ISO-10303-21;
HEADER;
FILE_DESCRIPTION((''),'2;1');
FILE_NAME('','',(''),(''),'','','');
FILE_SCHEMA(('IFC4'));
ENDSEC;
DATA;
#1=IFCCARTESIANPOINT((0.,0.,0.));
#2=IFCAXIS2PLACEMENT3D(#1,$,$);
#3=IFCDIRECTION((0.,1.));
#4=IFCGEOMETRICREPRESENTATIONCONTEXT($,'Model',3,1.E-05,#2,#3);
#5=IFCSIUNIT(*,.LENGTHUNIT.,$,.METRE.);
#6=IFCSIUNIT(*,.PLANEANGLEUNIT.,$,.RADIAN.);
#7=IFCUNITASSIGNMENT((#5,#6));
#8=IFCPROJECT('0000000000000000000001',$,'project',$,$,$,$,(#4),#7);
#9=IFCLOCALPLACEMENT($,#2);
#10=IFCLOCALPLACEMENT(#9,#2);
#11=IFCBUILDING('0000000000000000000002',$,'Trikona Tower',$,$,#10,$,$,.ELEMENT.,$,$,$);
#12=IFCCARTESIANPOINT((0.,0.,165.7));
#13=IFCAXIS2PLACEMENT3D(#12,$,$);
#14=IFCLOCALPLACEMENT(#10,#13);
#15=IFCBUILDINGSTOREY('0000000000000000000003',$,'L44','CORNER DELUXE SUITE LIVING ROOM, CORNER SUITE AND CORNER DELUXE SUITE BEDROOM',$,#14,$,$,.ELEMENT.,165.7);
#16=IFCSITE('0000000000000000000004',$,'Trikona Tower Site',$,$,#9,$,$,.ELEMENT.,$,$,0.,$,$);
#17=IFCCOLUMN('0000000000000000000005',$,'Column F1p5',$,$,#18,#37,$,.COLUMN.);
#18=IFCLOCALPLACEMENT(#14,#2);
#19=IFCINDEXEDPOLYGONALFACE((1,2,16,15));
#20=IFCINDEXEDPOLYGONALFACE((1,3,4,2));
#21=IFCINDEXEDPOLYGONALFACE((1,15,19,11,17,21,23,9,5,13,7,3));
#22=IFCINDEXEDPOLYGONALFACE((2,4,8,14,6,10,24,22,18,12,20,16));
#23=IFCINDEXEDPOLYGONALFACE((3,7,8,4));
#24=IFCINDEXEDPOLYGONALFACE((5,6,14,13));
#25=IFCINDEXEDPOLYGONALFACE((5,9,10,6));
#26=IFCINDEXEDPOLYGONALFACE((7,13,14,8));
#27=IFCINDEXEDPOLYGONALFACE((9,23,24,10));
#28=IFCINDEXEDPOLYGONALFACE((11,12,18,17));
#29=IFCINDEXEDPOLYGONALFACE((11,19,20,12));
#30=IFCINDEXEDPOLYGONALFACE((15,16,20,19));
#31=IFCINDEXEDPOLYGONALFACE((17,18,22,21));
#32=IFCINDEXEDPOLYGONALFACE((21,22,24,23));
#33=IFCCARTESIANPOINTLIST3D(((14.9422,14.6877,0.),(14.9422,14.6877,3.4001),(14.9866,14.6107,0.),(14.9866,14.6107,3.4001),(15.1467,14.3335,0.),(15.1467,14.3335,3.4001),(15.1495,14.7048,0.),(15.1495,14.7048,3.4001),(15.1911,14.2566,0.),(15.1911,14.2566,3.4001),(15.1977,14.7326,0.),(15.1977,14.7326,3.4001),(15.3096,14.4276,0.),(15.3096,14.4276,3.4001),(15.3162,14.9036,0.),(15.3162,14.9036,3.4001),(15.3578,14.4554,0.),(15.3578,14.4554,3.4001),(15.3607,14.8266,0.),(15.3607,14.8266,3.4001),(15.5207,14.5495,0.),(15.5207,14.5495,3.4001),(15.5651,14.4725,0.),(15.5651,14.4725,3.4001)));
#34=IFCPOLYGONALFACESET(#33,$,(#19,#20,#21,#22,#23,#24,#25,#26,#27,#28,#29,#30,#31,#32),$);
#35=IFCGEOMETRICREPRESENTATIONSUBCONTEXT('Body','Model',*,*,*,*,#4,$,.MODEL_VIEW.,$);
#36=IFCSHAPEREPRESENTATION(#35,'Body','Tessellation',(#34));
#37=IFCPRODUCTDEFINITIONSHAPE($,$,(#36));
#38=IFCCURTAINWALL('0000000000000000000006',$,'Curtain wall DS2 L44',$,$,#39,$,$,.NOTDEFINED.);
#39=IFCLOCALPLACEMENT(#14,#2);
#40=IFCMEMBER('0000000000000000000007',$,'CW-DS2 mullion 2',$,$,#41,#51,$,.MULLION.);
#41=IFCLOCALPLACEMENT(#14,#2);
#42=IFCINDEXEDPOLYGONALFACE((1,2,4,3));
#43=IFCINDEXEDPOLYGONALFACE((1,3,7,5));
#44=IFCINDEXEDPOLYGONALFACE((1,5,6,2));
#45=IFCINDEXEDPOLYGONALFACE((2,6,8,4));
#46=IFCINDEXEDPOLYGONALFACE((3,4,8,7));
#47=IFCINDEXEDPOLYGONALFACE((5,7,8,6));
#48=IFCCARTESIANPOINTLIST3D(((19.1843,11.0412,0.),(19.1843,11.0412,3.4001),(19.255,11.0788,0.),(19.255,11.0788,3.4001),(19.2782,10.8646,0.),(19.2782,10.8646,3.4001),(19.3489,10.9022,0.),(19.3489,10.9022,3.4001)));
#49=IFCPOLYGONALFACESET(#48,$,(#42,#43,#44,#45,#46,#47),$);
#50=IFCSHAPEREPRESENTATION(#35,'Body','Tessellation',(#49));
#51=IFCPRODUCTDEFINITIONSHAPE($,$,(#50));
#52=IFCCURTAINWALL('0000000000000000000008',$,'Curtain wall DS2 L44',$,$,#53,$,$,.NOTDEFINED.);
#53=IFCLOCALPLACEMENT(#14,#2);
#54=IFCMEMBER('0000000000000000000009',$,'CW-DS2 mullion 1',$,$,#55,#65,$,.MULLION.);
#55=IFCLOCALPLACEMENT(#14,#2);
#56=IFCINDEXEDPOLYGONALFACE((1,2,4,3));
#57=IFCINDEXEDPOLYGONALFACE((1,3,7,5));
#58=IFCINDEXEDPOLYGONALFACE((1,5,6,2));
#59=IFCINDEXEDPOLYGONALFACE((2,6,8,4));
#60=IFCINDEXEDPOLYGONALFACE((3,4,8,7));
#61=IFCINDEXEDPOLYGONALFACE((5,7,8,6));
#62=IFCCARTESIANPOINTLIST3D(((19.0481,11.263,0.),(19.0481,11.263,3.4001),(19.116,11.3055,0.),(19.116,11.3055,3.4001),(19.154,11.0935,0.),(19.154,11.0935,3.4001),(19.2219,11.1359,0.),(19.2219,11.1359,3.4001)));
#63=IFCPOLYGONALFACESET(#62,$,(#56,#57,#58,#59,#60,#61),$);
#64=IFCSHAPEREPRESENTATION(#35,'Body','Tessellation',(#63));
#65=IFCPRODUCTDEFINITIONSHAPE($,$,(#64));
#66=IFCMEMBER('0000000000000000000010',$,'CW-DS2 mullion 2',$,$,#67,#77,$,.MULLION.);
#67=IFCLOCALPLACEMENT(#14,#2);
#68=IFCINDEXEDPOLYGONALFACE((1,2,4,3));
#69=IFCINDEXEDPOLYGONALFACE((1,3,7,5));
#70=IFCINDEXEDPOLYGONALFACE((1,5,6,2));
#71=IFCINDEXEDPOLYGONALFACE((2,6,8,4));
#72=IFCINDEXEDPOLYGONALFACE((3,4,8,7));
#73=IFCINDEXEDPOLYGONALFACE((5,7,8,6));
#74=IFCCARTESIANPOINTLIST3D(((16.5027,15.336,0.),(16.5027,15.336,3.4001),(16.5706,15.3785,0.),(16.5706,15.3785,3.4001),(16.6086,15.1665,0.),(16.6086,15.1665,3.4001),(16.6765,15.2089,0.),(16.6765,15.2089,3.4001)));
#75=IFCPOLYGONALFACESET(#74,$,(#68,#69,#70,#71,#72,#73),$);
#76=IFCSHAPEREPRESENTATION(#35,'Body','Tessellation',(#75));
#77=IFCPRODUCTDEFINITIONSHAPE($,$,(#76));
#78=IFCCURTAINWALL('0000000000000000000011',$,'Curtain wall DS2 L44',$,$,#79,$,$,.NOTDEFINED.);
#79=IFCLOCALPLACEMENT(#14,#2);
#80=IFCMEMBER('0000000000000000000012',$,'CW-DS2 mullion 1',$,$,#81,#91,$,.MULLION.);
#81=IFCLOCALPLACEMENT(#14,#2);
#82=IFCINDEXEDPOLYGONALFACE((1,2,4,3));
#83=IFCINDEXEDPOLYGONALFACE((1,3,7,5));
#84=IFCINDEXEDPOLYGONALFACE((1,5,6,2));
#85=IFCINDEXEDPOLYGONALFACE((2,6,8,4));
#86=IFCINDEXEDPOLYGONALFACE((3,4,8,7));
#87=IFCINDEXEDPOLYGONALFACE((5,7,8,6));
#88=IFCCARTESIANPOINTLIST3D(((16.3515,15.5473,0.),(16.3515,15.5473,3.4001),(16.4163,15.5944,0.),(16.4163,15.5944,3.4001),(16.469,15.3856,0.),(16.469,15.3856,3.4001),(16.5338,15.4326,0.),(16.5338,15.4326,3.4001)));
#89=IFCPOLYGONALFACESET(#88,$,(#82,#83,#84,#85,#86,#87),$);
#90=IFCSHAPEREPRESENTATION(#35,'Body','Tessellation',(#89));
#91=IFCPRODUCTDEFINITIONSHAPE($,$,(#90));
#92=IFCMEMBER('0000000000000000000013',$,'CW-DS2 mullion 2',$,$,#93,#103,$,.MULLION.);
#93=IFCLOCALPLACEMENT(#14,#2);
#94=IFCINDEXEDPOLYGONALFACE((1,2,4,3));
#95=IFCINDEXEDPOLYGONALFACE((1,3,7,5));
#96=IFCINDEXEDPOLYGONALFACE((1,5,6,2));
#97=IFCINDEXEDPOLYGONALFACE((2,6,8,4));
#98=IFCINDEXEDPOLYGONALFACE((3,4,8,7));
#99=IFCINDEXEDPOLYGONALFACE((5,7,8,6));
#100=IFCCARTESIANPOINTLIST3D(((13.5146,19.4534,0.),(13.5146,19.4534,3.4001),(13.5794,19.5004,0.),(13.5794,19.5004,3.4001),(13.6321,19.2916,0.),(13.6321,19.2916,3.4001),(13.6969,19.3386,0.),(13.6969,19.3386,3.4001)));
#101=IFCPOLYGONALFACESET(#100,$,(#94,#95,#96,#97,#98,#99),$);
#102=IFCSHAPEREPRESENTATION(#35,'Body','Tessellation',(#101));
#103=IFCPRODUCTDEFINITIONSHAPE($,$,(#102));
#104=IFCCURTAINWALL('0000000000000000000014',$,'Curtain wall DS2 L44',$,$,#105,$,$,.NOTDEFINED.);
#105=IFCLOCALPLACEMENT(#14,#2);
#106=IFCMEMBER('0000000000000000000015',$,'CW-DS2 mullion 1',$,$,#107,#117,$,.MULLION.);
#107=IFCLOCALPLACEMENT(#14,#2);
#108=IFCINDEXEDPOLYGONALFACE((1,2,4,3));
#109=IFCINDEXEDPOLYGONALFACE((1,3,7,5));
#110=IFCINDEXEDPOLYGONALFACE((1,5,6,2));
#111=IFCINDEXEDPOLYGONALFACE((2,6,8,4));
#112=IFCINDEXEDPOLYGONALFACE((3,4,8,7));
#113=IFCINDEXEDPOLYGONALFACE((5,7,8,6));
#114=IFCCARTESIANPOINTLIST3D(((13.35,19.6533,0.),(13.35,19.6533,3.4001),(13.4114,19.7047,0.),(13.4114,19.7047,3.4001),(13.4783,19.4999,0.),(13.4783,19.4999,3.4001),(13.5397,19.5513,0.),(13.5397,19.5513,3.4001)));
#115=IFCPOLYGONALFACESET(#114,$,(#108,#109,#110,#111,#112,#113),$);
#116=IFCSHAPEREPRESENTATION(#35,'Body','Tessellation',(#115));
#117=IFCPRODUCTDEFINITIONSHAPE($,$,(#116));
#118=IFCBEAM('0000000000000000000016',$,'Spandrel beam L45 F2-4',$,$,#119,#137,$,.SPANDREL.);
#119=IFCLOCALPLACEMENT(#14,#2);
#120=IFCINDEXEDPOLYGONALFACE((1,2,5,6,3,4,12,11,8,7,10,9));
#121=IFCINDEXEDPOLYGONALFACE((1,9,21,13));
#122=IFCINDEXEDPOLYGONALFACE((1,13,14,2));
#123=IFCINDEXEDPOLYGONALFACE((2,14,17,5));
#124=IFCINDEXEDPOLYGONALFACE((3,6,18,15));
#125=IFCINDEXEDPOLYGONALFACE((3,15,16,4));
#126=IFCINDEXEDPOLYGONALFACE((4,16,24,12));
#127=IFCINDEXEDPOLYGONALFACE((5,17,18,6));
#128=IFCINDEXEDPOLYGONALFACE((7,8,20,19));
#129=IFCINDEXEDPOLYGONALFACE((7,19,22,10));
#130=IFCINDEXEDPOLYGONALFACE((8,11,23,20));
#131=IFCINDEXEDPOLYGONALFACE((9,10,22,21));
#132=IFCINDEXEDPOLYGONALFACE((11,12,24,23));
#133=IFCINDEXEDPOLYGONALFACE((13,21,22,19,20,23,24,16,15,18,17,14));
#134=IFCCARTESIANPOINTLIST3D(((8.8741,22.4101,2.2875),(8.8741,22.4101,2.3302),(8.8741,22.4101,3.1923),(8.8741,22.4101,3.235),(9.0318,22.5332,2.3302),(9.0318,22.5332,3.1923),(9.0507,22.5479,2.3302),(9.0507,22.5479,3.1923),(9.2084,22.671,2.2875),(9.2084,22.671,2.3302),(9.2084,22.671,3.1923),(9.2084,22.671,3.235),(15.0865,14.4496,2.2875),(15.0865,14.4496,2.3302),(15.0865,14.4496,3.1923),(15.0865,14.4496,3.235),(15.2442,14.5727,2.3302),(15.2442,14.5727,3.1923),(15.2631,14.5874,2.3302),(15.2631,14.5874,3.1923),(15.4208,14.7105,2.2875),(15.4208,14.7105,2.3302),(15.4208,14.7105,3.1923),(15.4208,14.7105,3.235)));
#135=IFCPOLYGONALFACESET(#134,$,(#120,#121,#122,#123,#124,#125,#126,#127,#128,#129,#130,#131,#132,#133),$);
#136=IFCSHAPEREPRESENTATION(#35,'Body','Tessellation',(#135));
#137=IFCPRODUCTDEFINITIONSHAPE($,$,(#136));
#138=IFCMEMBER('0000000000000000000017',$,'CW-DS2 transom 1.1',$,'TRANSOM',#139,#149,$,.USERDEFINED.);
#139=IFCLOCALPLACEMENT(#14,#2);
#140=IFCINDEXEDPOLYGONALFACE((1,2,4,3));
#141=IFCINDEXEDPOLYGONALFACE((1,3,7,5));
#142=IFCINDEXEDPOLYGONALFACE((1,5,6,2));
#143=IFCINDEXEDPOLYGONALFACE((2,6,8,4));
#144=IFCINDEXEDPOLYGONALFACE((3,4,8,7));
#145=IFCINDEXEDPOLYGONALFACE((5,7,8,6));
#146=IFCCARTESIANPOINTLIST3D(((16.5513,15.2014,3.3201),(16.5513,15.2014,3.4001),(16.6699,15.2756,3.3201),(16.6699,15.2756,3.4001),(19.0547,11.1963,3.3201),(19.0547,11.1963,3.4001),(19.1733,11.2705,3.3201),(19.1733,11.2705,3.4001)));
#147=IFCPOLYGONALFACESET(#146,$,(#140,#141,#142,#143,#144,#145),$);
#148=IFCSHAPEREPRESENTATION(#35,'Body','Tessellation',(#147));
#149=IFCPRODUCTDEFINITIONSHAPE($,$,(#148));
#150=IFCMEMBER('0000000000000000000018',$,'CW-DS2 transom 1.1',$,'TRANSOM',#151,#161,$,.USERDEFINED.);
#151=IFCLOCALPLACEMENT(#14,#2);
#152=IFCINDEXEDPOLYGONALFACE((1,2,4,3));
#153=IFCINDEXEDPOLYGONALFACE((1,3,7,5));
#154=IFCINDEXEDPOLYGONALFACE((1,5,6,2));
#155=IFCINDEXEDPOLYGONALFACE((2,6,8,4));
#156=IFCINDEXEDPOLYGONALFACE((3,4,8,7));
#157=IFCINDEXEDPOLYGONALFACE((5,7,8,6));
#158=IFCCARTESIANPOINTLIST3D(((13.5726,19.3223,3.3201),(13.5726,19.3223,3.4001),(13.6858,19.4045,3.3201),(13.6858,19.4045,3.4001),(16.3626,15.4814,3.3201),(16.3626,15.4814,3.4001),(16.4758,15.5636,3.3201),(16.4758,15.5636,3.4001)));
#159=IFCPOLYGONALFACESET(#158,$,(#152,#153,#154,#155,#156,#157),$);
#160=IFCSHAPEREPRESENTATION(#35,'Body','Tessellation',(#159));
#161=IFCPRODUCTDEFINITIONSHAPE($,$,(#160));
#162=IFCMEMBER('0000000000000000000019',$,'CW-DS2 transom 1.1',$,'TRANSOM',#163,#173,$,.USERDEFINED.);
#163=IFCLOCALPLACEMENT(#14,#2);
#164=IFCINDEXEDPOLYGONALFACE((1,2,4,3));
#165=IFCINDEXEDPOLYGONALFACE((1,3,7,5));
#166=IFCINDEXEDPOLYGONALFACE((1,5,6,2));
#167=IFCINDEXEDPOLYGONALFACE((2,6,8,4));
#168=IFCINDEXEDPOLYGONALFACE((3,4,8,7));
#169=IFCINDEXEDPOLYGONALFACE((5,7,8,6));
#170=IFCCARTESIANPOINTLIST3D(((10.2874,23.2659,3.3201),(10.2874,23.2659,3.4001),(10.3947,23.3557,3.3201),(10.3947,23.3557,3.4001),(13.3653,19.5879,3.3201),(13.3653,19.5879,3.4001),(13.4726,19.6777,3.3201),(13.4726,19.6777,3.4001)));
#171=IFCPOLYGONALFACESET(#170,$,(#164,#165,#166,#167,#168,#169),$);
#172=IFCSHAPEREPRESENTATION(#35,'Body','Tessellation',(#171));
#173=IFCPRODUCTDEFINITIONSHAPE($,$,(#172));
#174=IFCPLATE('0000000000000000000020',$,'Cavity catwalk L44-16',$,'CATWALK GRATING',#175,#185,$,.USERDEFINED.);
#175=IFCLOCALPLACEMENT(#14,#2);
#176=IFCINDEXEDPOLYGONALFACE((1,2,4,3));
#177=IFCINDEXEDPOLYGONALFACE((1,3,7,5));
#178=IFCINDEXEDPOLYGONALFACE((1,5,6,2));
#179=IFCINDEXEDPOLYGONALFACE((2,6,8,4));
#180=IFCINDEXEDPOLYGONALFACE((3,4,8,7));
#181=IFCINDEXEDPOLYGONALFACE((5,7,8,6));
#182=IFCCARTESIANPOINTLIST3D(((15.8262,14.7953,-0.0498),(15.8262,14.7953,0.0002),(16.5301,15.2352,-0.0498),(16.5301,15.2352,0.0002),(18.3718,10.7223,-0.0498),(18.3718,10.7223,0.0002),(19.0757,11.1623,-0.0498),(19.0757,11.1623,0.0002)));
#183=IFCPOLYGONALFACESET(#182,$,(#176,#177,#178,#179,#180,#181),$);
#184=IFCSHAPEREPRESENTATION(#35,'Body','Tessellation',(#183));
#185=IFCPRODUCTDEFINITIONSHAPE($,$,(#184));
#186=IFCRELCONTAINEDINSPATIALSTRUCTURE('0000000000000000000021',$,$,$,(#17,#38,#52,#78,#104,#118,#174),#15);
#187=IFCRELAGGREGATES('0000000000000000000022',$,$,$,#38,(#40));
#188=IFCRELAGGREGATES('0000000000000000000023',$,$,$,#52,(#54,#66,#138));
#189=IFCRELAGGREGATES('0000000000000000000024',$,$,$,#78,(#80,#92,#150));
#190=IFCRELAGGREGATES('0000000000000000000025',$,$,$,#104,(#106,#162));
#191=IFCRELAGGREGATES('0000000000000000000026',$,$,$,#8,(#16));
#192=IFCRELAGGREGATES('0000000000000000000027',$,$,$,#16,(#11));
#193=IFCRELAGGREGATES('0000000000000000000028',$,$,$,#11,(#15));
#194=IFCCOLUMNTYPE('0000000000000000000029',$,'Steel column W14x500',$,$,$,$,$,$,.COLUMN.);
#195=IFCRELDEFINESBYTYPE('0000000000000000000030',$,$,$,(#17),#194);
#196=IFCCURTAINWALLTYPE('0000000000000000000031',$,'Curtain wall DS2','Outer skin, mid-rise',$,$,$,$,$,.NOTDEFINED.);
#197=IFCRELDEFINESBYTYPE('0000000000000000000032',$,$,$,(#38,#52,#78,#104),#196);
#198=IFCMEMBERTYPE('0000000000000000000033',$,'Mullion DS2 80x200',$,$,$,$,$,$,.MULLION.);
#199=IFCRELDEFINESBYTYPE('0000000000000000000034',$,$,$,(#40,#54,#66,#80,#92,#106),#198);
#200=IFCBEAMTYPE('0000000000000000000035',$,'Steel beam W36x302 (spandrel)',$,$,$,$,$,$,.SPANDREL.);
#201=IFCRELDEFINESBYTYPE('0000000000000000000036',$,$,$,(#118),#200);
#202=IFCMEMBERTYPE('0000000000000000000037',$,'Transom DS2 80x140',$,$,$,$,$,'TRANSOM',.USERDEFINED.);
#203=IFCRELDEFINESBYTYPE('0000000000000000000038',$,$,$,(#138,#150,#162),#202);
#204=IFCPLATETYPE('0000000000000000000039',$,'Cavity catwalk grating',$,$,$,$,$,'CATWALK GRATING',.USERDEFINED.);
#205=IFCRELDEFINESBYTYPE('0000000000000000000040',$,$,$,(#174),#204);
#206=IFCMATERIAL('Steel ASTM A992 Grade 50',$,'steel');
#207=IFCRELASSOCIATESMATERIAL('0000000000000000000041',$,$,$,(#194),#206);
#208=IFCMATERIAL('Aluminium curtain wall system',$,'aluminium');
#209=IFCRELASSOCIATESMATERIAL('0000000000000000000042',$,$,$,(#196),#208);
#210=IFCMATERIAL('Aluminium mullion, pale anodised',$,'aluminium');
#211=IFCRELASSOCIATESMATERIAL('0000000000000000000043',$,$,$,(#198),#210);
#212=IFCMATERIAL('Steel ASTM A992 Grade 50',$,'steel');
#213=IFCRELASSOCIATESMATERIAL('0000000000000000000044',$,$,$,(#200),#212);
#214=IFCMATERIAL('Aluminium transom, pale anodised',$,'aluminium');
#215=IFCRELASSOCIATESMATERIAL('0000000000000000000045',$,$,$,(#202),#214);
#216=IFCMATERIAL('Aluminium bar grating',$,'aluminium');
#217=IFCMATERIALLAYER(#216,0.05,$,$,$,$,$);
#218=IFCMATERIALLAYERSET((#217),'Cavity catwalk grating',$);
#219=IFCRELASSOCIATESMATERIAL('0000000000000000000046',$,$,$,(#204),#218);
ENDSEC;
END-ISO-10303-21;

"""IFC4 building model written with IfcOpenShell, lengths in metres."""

from ifc_helpers import new_model, si_unit, direction, frame, origin, origin_2d, place, context, subcontext, project, spatial, rectangle, i_section, extrude, material, layer, layer_set, material_profile, profile_set, type_object, element, aggregate, save


model = new_model("IFC4")

# Units and contexts
model_context = context("Model", 3, precision=1e-05, world=origin(), true_north=direction((0.0, 1.0)))
body_context = subcontext(model_context, "Body", "Model", "MODEL_VIEW")
ifc_project = project(units=[si_unit("LENGTHUNIT", "METRE"), si_unit("PLANEANGLEUNIT", "RADIAN")], contexts=[model_context])

# Site, building, storey
site_placement = place(None, origin())
site = spatial("IfcSite", under=ifc_project, at=site_placement, Name="Trikona Tower Site", CompositionType="ELEMENT", RefElevation=0.0)
building_placement = place(site_placement, origin())
building = spatial("IfcBuilding", under=site, at=building_placement, Name="Trikona Tower", CompositionType="ELEMENT")
storey_placement = place(building_placement, frame((0.0, 0.0, 165.7)))
storey = spatial("IfcBuildingStorey", under=building, at=storey_placement, Name="L44", Description="CORNER DELUXE SUITE LIVING ROOM, CORNER SUITE AND CORNER DELUXE SUITE BEDROOM", CompositionType="ELEMENT", Elevation=165.7)

# Column
ifc_material_1 = material(Name="Steel ASTM A992 Grade 50", Category="steel")
ifc_material_profile_1 = material_profile(ifc_material_1, i_section(OverallWidth=0.4319, OverallDepth=0.4978, WebThickness=0.0557, FlangeThickness=0.0889, at=origin_2d()), Name="W14X500")
ifc_profile_set_1 = profile_set([ifc_material_profile_1], Name="Steel ASTM A992 Grade 50")
column_type = type_object("IfcColumnType", Name="Steel column W14x500", PredefinedType="COLUMN", material=ifc_profile_set_1)
column_placement = place(storey_placement, frame((15.2537, 14.5801, 0.0), z_axis=(0.0, 0.0, 1.0), x_axis=(0.866025, 0.5, 0.0)))
element("IfcColumn", 1, at=column_placement, inside=storey, type_object=column_type, Name="Column F1p5", PredefinedType="COLUMN", context=body_context, shape_type="SweptSolid", body=[
    extrude(i_section(OverallWidth=0.4319, OverallDepth=0.4978, WebThickness=0.0557, FlangeThickness=0.0889, at=origin_2d()), origin(), (0.0, 0.0, 1.0), 3.4001),
])

# Curtain wall, member
ifc_material_2 = material(Name="Aluminium curtain wall system", Category="aluminium")
curtain_wall_type = type_object("IfcCurtainWallType", Name="Curtain wall DS2", Description="Outer skin, mid-rise", PredefinedType="NOTDEFINED", material=ifc_material_2)
curtain_wall_1_placement = place(storey_placement, origin())
curtain_wall_1 = element("IfcCurtainWall", 2, at=curtain_wall_1_placement, inside=storey, type_object=curtain_wall_type, Name="Curtain wall DS2 L44", PredefinedType="NOTDEFINED")
ifc_material_3 = material(Name="Aluminium mullion, pale anodised", Category="aluminium")
ifc_material_profile_2 = material_profile(ifc_material_3, rectangle(XDim=0.0801, YDim=0.2, at=origin_2d()), Name="MUL-DS2")
ifc_profile_set_2 = profile_set([ifc_material_profile_2], Name="Aluminium mullion, pale anodised")
member_type_1 = type_object("IfcMemberType", Name="Mullion DS2 80x200", PredefinedType="MULLION", material=ifc_profile_set_2)
member_1_placement = place(storey_placement, frame((19.2666, 10.9717, 0.0), z_axis=(0.0, 0.0, 1.0), x_axis=(-0.882996, -0.46938, 0.0)))
member_1 = element("IfcMember", 3, at=member_1_placement, type_object=member_type_1, Name="CW-DS2 mullion 2", PredefinedType="MULLION", context=body_context, shape_type="SweptSolid", body=[
    extrude(rectangle(XDim=0.0801, YDim=0.2, at=origin_2d()), origin(), (0.0, 0.0, 1.0), 3.4001),
])
aggregate(curtain_wall_1, [member_1])

# Curtain walls, members
curtain_wall_2_placement = place(storey_placement, origin())
curtain_wall_2 = element("IfcCurtainWall", 4, at=curtain_wall_2_placement, inside=storey, type_object=curtain_wall_type, Name="Curtain wall DS2 L44", PredefinedType="NOTDEFINED")
member_2_placement = place(storey_placement, frame((19.135, 11.1995, 0.0), z_axis=(0.0, 0.0, 1.0), x_axis=(-0.847998, -0.529999, 0.0)))
member_2 = element("IfcMember", 5, at=member_2_placement, type_object=member_type_1, Name="CW-DS2 mullion 1", PredefinedType="MULLION", context=body_context, shape_type="SweptSolid", body=[
    extrude(rectangle(XDim=0.0801, YDim=0.2, at=origin_2d()), origin(), (0.0, 0.0, 1.0), 3.4001),
])
member_3_placement = place(storey_placement, frame((16.5896, 15.2725, 0.0), z_axis=(0.0, 0.0, 1.0), x_axis=(-0.847998, -0.529999, 0.0)))
member_3 = element("IfcMember", 6, at=member_3_placement, type_object=member_type_1, Name="CW-DS2 mullion 2", PredefinedType="MULLION", context=body_context, shape_type="SweptSolid", body=[
    extrude(rectangle(XDim=0.0801, YDim=0.2, at=origin_2d()), origin(), (0.0, 0.0, 1.0), 3.4001),
])
curtain_wall_3_placement = place(storey_placement, origin())
curtain_wall_3 = element("IfcCurtainWall", 7, at=curtain_wall_3_placement, inside=storey, type_object=curtain_wall_type, Name="Curtain wall DS2 L44", PredefinedType="NOTDEFINED")
member_4_placement = place(storey_placement, frame((16.4426, 15.49, 0.0), z_axis=(0.0, 0.0, 1.0), x_axis=(-0.809086, -0.587691, 0.0)))
member_4 = element("IfcMember", 8, at=member_4_placement, type_object=member_type_1, Name="CW-DS2 mullion 1", PredefinedType="MULLION", context=body_context, shape_type="SweptSolid", body=[
    extrude(rectangle(XDim=0.0801, YDim=0.2, at=origin_2d()), origin(), (0.0, 0.0, 1.0), 3.4001),
])
member_5_placement = place(storey_placement, frame((13.6057, 19.396, 0.0), z_axis=(0.0, 0.0, 1.0), x_axis=(-0.809086, -0.587691, 0.0)))
member_5 = element("IfcMember", 9, at=member_5_placement, type_object=member_type_1, Name="CW-DS2 mullion 2", PredefinedType="MULLION", context=body_context, shape_type="SweptSolid", body=[
    extrude(rectangle(XDim=0.0801, YDim=0.2, at=origin_2d()), origin(), (0.0, 0.0, 1.0), 3.4001),
])

# Curtain wall, member
curtain_wall_4_placement = place(storey_placement, origin())
curtain_wall_4 = element("IfcCurtainWall", 10, at=curtain_wall_4_placement, inside=storey, type_object=curtain_wall_type, Name="Curtain wall DS2 L44", PredefinedType="NOTDEFINED")
member_6_placement = place(storey_placement, frame((13.4448, 19.6023, 0.0), z_axis=(0.0, 0.0, 1.0), x_axis=(-0.766867, -0.641806, 0.0)))
member_6 = element("IfcMember", 11, at=member_6_placement, type_object=member_type_1, Name="CW-DS2 mullion 1", PredefinedType="MULLION", context=body_context, shape_type="SweptSolid", body=[
    extrude(rectangle(XDim=0.0801, YDim=0.2, at=origin_2d()), origin(), (0.0, 0.0, 1.0), 3.4001),
])

# Beam
ifc_material_4 = material(Name="Steel ASTM A992 Grade 50", Category="steel")
ifc_material_profile_3 = material_profile(ifc_material_4, i_section(OverallWidth=0.4241, OverallDepth=0.9475, WebThickness=0.0239, FlangeThickness=0.0427, at=origin_2d()), Name="W36X302")
ifc_profile_set_3 = profile_set([ifc_material_profile_3], Name="Steel ASTM A992 Grade 50")
beam_type = type_object("IfcBeamType", Name="Steel beam W36x302 (spandrel)", PredefinedType="SPANDREL", material=ifc_profile_set_3)
beam_placement = place(storey_placement, frame((15.2537, 14.5801, 2.7612), z_axis=(-0.615232, 0.788346, 0.0), x_axis=(-0.788346, -0.615232, 0.0)))
element("IfcBeam", 12, at=beam_placement, inside=storey, type_object=beam_type, Name="Spandrel beam L45 F2-4", PredefinedType="SPANDREL", context=body_context, shape_type="SweptSolid", body=[
    extrude(i_section(OverallWidth=0.4241, OverallDepth=0.9475, WebThickness=0.0239, FlangeThickness=0.0427, at=origin_2d()), origin(), (0.0, 0.0, 1.0), 10.0977),
])

# Members
ifc_material_5 = material(Name="Aluminium transom, pale anodised", Category="aluminium")
ifc_material_profile_4 = material_profile(ifc_material_5, rectangle(XDim=0.1399, YDim=0.0801, at=origin_2d()), Name="TRN-DS2")
ifc_profile_set_4 = profile_set([ifc_material_profile_4], Name="Aluminium transom, pale anodised")
member_type_2 = type_object("IfcMemberType", Name="Transom DS2 80x140", ElementType="TRANSOM", PredefinedType="USERDEFINED", material=ifc_profile_set_4)
member_7_placement = place(storey_placement, frame((19.114, 11.2334, 3.3601), z_axis=(-0.530031, 0.847978, 0.0), x_axis=(-0.847978, -0.530031, 0.0)))
member_7 = element("IfcMember", 13, at=member_7_placement, type_object=member_type_2, Name="CW-DS2 transom 1.1", ObjectType="TRANSOM", PredefinedType="USERDEFINED", context=body_context, shape_type="SweptSolid", body=[
    extrude(rectangle(XDim=0.1399, YDim=0.0801, at=origin_2d()), origin(), (0.0, 0.0, 1.0), 4.7231),
])
member_8_placement = place(storey_placement, frame((16.4192, 15.5225, 3.3601), z_axis=(-0.587695, 0.809083, 0.0), x_axis=(-0.809083, -0.587695, 0.0)))
member_8 = element("IfcMember", 14, at=member_8_placement, type_object=member_type_2, Name="CW-DS2 transom 1.1", ObjectType="TRANSOM", PredefinedType="USERDEFINED", context=body_context, shape_type="SweptSolid", body=[
    extrude(rectangle(XDim=0.1399, YDim=0.0801, at=origin_2d()), origin(), (0.0, 0.0, 1.0), 4.7473),
])
member_9_placement = place(storey_placement, frame((13.4189, 19.6328, 3.3601), z_axis=(-0.64177, 0.766897, 0.0), x_axis=(-0.766897, -0.64177, 0.0)))
member_9 = element("IfcMember", 15, at=member_9_placement, type_object=member_type_2, Name="CW-DS2 transom 1.1", ObjectType="TRANSOM", PredefinedType="USERDEFINED", context=body_context, shape_type="SweptSolid", body=[
    extrude(rectangle(XDim=0.1399, YDim=0.0801, at=origin_2d()), origin(), (0.0, 0.0, 1.0), 4.7959),
])

# Plate
ifc_material_6 = material(Name="Aluminium bar grating", Category="aluminium")
ifc_layer_1 = layer(ifc_material_6, 0.05)
ifc_layer_set_1 = layer_set([ifc_layer_1], Name="Cavity catwalk grating")
plate_type_1 = type_object("IfcPlateType", Name="Cavity catwalk grating", ElementType="CATWALK GRATING", PredefinedType="USERDEFINED", material=ifc_layer_set_1)
plate_1_placement = place(storey_placement, frame((17.4509, 12.9788, -0.0498), z_axis=(0.0, 0.0, 1.0), x_axis=(-0.529995, 0.848001, 0.0)))
element("IfcPlate", 16, at=plate_1_placement, inside=storey, type_object=plate_type_1, Name="Cavity catwalk L44-16", ObjectType="CATWALK GRATING", PredefinedType="USERDEFINED", context=body_context, shape_type="SweptSolid", body=[
    extrude(rectangle(XDim=4.803, YDim=0.8301, at=origin_2d()), origin(), (0.0, 0.0, 1.0), 0.05),
])

aggregate(curtain_wall_2, [member_2, member_3, member_7])
aggregate(curtain_wall_3, [member_4, member_5, member_8])
aggregate(curtain_wall_4, [member_6, member_9])

save(model, "model.ifc")
